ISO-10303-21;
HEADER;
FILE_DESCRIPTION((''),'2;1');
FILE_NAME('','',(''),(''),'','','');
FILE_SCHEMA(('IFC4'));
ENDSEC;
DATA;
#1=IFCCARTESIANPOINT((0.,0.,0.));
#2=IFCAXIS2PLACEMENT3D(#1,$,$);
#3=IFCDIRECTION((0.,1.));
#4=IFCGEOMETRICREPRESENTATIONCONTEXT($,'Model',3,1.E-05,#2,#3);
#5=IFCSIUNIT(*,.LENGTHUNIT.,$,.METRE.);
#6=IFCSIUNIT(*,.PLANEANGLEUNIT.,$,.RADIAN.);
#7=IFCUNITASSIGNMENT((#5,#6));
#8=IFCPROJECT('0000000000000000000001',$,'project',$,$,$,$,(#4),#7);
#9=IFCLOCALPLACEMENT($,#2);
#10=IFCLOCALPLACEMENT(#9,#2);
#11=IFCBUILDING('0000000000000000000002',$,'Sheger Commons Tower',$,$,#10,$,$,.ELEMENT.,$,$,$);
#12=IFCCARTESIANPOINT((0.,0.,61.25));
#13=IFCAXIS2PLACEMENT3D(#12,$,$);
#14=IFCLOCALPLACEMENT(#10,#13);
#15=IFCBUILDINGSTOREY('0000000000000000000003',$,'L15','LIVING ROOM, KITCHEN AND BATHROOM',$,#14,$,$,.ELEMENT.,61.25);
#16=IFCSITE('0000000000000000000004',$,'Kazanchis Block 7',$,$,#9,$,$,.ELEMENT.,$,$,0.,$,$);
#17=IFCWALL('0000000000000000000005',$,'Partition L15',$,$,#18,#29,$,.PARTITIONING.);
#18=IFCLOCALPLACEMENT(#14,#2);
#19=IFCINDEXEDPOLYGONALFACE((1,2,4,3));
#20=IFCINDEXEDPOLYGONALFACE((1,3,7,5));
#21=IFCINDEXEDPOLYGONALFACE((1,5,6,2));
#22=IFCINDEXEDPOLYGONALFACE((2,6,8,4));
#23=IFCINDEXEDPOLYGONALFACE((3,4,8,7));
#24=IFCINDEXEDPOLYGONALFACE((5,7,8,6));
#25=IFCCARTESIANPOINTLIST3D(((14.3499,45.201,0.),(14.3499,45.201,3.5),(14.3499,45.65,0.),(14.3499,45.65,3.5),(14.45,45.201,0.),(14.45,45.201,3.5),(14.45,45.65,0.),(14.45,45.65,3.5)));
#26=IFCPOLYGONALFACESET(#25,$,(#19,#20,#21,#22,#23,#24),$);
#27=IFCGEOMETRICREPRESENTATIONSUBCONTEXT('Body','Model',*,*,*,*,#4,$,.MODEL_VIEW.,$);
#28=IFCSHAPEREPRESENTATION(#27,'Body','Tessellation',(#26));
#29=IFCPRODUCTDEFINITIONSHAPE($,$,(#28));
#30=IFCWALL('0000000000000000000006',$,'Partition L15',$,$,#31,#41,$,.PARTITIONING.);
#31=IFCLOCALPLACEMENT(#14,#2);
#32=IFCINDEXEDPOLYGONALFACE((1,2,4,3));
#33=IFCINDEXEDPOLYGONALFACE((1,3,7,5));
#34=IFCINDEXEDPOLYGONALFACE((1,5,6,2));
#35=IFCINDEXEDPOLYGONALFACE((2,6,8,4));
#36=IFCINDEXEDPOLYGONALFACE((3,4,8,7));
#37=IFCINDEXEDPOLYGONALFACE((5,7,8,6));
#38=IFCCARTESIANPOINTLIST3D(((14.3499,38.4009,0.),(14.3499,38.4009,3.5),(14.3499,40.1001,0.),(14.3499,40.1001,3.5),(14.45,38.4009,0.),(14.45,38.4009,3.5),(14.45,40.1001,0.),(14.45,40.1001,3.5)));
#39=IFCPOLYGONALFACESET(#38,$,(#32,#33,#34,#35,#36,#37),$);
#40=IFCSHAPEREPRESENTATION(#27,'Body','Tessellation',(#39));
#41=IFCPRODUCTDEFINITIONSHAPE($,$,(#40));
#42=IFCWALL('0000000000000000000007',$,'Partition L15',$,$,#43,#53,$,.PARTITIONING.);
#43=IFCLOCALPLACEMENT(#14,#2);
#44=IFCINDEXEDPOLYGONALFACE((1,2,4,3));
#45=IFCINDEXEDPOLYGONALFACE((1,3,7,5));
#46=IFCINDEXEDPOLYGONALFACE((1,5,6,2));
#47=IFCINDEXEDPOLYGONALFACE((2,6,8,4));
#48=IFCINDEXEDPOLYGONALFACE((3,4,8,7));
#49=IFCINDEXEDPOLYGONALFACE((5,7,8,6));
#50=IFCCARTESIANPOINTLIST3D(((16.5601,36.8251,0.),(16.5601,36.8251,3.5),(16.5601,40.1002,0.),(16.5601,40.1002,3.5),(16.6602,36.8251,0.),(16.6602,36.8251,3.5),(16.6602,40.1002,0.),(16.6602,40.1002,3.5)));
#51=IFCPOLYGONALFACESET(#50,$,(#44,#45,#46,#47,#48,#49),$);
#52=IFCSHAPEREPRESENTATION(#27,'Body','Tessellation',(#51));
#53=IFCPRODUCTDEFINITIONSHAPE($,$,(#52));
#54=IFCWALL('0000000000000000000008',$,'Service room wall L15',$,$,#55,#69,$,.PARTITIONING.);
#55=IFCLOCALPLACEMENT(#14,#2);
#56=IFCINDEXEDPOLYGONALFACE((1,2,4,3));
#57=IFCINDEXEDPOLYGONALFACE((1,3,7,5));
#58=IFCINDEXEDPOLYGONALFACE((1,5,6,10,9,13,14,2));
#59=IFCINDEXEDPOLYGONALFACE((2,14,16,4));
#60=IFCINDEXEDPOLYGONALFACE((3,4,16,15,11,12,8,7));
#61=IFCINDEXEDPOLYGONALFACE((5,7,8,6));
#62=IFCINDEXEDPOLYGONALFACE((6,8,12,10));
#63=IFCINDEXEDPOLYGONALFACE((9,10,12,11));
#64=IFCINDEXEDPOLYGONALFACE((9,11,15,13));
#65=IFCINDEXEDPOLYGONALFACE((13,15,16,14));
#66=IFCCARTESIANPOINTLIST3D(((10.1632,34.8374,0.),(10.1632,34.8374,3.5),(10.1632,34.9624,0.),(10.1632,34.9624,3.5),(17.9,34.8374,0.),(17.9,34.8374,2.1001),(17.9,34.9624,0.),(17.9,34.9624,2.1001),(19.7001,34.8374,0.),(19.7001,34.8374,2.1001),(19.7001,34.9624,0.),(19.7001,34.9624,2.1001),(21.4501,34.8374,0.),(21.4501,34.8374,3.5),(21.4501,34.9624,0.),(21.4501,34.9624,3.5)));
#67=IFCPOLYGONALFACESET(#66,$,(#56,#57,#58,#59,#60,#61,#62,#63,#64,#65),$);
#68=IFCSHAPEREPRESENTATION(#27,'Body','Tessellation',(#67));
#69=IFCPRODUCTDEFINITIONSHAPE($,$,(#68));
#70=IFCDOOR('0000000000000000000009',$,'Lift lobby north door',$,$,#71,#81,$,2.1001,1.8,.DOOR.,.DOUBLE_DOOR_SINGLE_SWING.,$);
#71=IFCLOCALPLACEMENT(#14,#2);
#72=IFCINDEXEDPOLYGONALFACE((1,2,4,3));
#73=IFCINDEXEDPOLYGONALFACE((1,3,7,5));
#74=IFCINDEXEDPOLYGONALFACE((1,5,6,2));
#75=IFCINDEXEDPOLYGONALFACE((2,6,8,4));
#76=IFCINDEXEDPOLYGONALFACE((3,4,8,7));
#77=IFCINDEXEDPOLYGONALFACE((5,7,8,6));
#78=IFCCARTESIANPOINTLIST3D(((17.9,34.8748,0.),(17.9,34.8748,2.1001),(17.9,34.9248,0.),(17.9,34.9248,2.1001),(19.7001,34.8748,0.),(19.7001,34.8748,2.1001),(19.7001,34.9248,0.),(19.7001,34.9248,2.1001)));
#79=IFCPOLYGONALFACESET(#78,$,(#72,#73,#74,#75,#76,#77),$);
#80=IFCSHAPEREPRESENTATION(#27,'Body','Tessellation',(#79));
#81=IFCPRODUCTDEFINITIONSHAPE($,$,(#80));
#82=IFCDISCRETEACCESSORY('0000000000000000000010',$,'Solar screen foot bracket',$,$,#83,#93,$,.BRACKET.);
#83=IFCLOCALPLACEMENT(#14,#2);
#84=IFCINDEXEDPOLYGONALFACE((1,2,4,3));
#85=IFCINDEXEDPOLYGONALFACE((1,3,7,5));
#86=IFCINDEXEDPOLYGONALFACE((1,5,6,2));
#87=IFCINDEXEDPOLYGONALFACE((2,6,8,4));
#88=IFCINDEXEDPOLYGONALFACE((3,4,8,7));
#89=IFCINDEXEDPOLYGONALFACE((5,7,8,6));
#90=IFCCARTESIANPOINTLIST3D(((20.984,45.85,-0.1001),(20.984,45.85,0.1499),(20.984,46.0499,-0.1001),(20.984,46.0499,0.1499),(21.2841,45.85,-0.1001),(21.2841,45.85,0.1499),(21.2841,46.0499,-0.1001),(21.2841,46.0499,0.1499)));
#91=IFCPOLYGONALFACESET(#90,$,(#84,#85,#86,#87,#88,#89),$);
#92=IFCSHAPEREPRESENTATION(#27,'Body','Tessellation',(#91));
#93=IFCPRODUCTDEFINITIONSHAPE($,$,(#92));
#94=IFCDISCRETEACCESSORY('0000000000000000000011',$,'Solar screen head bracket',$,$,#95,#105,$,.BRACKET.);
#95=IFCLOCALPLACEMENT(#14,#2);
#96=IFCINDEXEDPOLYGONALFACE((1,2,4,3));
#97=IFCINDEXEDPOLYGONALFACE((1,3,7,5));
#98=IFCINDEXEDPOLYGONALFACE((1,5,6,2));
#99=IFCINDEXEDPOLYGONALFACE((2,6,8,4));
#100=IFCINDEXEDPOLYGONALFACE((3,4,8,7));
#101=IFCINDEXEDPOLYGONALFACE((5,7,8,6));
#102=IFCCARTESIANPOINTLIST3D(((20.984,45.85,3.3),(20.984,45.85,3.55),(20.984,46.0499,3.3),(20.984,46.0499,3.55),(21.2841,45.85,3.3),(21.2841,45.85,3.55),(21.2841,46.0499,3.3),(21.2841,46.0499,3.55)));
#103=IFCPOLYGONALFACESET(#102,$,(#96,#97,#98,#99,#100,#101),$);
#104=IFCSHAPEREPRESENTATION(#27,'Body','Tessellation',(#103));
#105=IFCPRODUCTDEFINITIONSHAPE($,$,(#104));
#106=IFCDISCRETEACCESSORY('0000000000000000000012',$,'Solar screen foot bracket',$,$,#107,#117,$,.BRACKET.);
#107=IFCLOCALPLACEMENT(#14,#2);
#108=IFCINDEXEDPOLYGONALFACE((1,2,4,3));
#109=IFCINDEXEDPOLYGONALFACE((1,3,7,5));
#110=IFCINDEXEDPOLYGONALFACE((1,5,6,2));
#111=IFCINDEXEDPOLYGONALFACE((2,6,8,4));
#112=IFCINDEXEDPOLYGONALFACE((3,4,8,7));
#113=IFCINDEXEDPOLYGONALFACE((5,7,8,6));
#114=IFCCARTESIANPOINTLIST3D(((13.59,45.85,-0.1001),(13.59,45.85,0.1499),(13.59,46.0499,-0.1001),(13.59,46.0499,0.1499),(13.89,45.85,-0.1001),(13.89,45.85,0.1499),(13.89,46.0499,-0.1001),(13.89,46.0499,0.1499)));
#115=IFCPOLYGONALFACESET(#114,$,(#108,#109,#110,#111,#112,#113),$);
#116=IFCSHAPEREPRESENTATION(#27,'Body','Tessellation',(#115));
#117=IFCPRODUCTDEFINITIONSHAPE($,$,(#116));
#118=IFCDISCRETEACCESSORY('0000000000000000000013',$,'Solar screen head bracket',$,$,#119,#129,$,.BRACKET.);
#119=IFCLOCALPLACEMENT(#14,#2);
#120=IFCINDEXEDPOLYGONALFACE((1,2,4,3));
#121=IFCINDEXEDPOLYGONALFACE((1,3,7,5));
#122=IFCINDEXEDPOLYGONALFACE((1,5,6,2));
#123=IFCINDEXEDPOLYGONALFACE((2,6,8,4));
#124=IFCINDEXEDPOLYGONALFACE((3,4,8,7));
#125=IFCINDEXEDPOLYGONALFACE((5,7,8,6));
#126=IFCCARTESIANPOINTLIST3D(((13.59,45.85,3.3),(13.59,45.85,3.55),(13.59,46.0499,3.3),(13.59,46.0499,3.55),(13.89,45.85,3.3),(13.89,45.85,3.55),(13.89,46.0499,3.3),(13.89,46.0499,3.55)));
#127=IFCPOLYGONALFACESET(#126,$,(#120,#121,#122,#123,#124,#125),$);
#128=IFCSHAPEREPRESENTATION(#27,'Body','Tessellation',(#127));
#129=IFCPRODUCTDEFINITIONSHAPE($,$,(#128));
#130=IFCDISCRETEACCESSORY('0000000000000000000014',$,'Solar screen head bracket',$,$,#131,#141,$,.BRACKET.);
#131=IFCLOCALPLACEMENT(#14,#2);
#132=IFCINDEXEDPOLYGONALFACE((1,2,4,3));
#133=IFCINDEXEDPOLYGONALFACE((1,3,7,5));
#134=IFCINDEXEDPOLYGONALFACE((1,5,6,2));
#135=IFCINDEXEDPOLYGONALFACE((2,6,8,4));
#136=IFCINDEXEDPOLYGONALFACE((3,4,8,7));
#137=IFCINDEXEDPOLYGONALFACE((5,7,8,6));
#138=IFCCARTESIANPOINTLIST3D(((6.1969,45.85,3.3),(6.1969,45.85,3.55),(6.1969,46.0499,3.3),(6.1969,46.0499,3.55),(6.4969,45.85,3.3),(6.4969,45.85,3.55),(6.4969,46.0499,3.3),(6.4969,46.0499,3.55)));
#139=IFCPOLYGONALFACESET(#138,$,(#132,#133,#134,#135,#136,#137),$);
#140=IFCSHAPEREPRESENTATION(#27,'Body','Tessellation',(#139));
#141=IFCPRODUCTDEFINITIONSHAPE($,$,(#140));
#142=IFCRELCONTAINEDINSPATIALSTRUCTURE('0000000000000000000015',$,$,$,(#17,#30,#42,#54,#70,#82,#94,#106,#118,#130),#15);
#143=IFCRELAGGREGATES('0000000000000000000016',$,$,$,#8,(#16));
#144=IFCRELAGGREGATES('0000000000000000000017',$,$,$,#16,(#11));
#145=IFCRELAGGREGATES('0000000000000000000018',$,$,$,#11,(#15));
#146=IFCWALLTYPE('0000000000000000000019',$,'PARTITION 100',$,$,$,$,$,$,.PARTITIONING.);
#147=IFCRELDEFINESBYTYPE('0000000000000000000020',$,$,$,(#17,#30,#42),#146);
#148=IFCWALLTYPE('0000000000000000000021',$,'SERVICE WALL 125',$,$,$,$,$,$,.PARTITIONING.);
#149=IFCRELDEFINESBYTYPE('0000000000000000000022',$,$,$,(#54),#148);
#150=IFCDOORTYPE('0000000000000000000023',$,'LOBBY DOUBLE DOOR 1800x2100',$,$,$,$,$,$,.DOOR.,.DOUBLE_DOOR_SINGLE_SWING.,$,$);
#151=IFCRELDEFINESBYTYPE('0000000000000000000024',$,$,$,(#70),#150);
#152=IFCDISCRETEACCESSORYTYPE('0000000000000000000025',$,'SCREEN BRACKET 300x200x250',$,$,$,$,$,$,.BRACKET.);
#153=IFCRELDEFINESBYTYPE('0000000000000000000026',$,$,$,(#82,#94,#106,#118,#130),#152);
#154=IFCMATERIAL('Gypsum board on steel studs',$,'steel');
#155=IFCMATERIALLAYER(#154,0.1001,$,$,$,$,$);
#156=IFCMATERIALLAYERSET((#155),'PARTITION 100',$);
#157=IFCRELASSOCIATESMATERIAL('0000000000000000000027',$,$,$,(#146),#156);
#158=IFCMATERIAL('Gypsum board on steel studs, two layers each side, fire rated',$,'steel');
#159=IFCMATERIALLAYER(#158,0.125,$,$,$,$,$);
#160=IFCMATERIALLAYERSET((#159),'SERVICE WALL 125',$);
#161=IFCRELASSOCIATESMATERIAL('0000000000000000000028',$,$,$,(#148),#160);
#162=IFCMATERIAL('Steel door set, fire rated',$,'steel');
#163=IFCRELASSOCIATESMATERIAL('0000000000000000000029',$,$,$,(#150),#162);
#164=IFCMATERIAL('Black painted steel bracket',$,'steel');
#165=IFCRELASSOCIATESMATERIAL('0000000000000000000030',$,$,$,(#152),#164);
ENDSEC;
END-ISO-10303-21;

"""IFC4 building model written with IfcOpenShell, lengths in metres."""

from ifc_helpers import new_model, si_unit, direction, frame, frame_2d, origin, origin_2d, place, context, subcontext, project, spatial, rectangle, extrude, material, layer, layer_set, type_object, element, fill, save


model = new_model("IFC4")

# Units and contexts
model_context = context("Model", 3, precision=1e-05, world=origin(), true_north=direction((0.0, 1.0)))
body_context = subcontext(model_context, "Body", "Model", "MODEL_VIEW")
ifc_project = project(units=[si_unit("LENGTHUNIT", "METRE"), si_unit("PLANEANGLEUNIT", "RADIAN")], contexts=[model_context])

# Site, building, storey
site_placement = place(None, origin())
site = spatial("IfcSite", under=ifc_project, at=site_placement, Name="Kazanchis Block 7", CompositionType="ELEMENT", RefElevation=0.0)
building_placement = place(site_placement, origin())
building = spatial("IfcBuilding", under=site, at=building_placement, Name="Sheger Commons Tower", CompositionType="ELEMENT")
storey_placement = place(building_placement, frame((0.0, 0.0, 61.25)))
storey = spatial("IfcBuildingStorey", under=building, at=storey_placement, Name="L15", Description="LIVING ROOM, KITCHEN AND BATHROOM", CompositionType="ELEMENT", Elevation=61.25)

# Shared definitions
ifc_material_1 = material(Name="Gypsum board on steel studs", Category="steel")
ifc_layer_1 = layer(ifc_material_1, 0.1001)
ifc_layer_set_1 = layer_set([ifc_layer_1], Name="PARTITION 100")
wall_type_1 = type_object("IfcWallType", Name="PARTITION 100", PredefinedType="PARTITIONING", material=ifc_layer_set_1)

# Walls
wall_1_placement = place(storey_placement, frame((14.3999, 45.2009, 0.0), z_axis=(0.0, 0.0, 1.0), x_axis=(0.0, 1.0, 0.0)))
element("IfcWall", 1, at=wall_1_placement, inside=storey, type_object=wall_type_1, Name="Partition L15", PredefinedType="PARTITIONING", context=body_context, shape_type="SweptSolid", body=[
    extrude(rectangle(XDim=0.449, YDim=0.1001, at=frame_2d((0.2246, 0.0))), origin(), (0.0, 0.0, 1.0), 3.5),
])
wall_2_placement = place(storey_placement, frame((14.3999, 38.4009, 0.0), z_axis=(0.0, 0.0, 1.0), x_axis=(0.0, 1.0, 0.0)))
element("IfcWall", 2, at=wall_2_placement, inside=storey, type_object=wall_type_1, Name="Partition L15", PredefinedType="PARTITIONING", context=body_context, shape_type="SweptSolid", body=[
    extrude(rectangle(XDim=1.6992, YDim=0.1001, at=frame_2d((0.8496, 0.0))), origin(), (0.0, 0.0, 1.0), 3.5),
])
wall_3_placement = place(storey_placement, frame((16.6101, 36.825, 0.0), z_axis=(0.0, 0.0, 1.0), x_axis=(0.0, 1.0, 0.0)))
element("IfcWall", 3, at=wall_3_placement, inside=storey, type_object=wall_type_1, Name="Partition L15", PredefinedType="PARTITIONING", context=body_context, shape_type="SweptSolid", body=[
    extrude(rectangle(XDim=3.2751, YDim=0.1001, at=frame_2d((1.6377, 0.0))), origin(), (0.0, 0.0, 1.0), 3.5),
])

# Wall, opening, door
ifc_material_2 = material(Name="Gypsum board on steel studs, two layers each side, fire rated", Category="steel")
ifc_layer_2 = layer(ifc_material_2, 0.125)
ifc_layer_set_2 = layer_set([ifc_layer_2], Name="SERVICE WALL 125")
wall_type_2 = type_object("IfcWallType", Name="SERVICE WALL 125", PredefinedType="PARTITIONING", material=ifc_layer_set_2)
wall_4_placement = place(storey_placement, frame((10.1631, 34.8999, 0.0), z_axis=(0.0, 0.0, 1.0), x_axis=(1.0, 0.0, 0.0)))
wall_4 = element("IfcWall", 4, at=wall_4_placement, inside=storey, type_object=wall_type_2, Name="Service room wall L15", PredefinedType="PARTITIONING", context=body_context, shape_type="SweptSolid", body=[
    extrude(rectangle(XDim=11.2869, YDim=0.125, at=frame_2d((5.6436, 0.0))), origin(), (0.0, 0.0, 1.0), 3.5),
])
opening_1_placement = place(wall_4_placement, frame((7.7371, 0.0, 0.0)))
opening_1 = element("IfcOpeningElement", 5, at=opening_1_placement, cuts=wall_4, PredefinedType="OPENING", context=body_context, shape_type="SweptSolid", body=[
    extrude(rectangle(XDim=1.8, YDim=2.1001, at=frame_2d((0.8999, 1.05))), frame((0.0, 0.0725, 0.0), z_axis=(0.0, -1.0, 0.0), x_axis=(1.0, 0.0, 0.0)), (0.0, 0.0, 1.0), 0.145),
])
ifc_material_3 = material(Name="Steel door set, fire rated", Category="steel")
door_type_1 = type_object("IfcDoorType", Name="LOBBY DOUBLE DOOR 1800x2100", OperationType="DOUBLE_DOOR_SINGLE_SWING", PredefinedType="DOOR", material=ifc_material_3)
door_1_placement = place(opening_1_placement, origin())
door_1 = element("IfcDoor", 6, at=door_1_placement, inside=storey, type_object=door_type_1, Name="Lift lobby north door", OperationType="DOUBLE_DOOR_SINGLE_SWING", OverallHeight=2.1001, OverallWidth=1.8, PredefinedType="DOOR", context=body_context, shape_type="SweptSolid", body=[
    extrude(rectangle(XDim=1.8, YDim=2.1001, at=frame_2d((0.8999, 1.05))), frame((0.0, 0.0249, 0.0), z_axis=(0.0, -1.0, 0.0), x_axis=(1.0, 0.0, 0.0)), (0.0, 0.0, 1.0), 0.05),
])
fill(opening_1, door_1)

# Discrete accessories
ifc_material_4 = material(Name="Black painted steel bracket", Category="steel")
discrete_accessory_type = type_object("IfcDiscreteAccessoryType", Name="SCREEN BRACKET 300x200x250", PredefinedType="BRACKET", material=ifc_material_4)
for number, where, z_axis, x_axis, name in (
    (7, (21.134, 45.95, -0.1001), (0.0, 0.0, 1.0), (-1.0, 0.0, 0.0), "Solar screen foot bracket"),
    (8, (21.134, 45.95, 3.3), (0.0, 0.0, 1.0), (-1.0, 0.0, 0.0), "Solar screen head bracket"),
    (9, (13.74, 45.95, -0.1001), (0.0, 0.0, 1.0), (-1.0, 0.0, 0.0), "Solar screen foot bracket"),
    (10, (13.74, 45.95, 3.3), (0.0, 0.0, 1.0), (-1.0, 0.0, 0.0), "Solar screen head bracket"),
    (11, (6.3469, 45.95, 3.3), (0.0, 0.0, 1.0), (-1.0, 0.0, 0.0), "Solar screen head bracket"),
):
    element("IfcDiscreteAccessory", number, at=place(storey_placement, frame(where, z_axis=z_axis, x_axis=x_axis)), inside=storey, type_object=discrete_accessory_type, Name=name, PredefinedType="BRACKET", context=body_context, shape_type="SweptSolid", body=[
        extrude(rectangle(XDim=0.3, YDim=0.2, at=origin_2d()), origin(), (0.0, 0.0, 1.0), 0.25),
    ])

save(model, "model.ifc")
